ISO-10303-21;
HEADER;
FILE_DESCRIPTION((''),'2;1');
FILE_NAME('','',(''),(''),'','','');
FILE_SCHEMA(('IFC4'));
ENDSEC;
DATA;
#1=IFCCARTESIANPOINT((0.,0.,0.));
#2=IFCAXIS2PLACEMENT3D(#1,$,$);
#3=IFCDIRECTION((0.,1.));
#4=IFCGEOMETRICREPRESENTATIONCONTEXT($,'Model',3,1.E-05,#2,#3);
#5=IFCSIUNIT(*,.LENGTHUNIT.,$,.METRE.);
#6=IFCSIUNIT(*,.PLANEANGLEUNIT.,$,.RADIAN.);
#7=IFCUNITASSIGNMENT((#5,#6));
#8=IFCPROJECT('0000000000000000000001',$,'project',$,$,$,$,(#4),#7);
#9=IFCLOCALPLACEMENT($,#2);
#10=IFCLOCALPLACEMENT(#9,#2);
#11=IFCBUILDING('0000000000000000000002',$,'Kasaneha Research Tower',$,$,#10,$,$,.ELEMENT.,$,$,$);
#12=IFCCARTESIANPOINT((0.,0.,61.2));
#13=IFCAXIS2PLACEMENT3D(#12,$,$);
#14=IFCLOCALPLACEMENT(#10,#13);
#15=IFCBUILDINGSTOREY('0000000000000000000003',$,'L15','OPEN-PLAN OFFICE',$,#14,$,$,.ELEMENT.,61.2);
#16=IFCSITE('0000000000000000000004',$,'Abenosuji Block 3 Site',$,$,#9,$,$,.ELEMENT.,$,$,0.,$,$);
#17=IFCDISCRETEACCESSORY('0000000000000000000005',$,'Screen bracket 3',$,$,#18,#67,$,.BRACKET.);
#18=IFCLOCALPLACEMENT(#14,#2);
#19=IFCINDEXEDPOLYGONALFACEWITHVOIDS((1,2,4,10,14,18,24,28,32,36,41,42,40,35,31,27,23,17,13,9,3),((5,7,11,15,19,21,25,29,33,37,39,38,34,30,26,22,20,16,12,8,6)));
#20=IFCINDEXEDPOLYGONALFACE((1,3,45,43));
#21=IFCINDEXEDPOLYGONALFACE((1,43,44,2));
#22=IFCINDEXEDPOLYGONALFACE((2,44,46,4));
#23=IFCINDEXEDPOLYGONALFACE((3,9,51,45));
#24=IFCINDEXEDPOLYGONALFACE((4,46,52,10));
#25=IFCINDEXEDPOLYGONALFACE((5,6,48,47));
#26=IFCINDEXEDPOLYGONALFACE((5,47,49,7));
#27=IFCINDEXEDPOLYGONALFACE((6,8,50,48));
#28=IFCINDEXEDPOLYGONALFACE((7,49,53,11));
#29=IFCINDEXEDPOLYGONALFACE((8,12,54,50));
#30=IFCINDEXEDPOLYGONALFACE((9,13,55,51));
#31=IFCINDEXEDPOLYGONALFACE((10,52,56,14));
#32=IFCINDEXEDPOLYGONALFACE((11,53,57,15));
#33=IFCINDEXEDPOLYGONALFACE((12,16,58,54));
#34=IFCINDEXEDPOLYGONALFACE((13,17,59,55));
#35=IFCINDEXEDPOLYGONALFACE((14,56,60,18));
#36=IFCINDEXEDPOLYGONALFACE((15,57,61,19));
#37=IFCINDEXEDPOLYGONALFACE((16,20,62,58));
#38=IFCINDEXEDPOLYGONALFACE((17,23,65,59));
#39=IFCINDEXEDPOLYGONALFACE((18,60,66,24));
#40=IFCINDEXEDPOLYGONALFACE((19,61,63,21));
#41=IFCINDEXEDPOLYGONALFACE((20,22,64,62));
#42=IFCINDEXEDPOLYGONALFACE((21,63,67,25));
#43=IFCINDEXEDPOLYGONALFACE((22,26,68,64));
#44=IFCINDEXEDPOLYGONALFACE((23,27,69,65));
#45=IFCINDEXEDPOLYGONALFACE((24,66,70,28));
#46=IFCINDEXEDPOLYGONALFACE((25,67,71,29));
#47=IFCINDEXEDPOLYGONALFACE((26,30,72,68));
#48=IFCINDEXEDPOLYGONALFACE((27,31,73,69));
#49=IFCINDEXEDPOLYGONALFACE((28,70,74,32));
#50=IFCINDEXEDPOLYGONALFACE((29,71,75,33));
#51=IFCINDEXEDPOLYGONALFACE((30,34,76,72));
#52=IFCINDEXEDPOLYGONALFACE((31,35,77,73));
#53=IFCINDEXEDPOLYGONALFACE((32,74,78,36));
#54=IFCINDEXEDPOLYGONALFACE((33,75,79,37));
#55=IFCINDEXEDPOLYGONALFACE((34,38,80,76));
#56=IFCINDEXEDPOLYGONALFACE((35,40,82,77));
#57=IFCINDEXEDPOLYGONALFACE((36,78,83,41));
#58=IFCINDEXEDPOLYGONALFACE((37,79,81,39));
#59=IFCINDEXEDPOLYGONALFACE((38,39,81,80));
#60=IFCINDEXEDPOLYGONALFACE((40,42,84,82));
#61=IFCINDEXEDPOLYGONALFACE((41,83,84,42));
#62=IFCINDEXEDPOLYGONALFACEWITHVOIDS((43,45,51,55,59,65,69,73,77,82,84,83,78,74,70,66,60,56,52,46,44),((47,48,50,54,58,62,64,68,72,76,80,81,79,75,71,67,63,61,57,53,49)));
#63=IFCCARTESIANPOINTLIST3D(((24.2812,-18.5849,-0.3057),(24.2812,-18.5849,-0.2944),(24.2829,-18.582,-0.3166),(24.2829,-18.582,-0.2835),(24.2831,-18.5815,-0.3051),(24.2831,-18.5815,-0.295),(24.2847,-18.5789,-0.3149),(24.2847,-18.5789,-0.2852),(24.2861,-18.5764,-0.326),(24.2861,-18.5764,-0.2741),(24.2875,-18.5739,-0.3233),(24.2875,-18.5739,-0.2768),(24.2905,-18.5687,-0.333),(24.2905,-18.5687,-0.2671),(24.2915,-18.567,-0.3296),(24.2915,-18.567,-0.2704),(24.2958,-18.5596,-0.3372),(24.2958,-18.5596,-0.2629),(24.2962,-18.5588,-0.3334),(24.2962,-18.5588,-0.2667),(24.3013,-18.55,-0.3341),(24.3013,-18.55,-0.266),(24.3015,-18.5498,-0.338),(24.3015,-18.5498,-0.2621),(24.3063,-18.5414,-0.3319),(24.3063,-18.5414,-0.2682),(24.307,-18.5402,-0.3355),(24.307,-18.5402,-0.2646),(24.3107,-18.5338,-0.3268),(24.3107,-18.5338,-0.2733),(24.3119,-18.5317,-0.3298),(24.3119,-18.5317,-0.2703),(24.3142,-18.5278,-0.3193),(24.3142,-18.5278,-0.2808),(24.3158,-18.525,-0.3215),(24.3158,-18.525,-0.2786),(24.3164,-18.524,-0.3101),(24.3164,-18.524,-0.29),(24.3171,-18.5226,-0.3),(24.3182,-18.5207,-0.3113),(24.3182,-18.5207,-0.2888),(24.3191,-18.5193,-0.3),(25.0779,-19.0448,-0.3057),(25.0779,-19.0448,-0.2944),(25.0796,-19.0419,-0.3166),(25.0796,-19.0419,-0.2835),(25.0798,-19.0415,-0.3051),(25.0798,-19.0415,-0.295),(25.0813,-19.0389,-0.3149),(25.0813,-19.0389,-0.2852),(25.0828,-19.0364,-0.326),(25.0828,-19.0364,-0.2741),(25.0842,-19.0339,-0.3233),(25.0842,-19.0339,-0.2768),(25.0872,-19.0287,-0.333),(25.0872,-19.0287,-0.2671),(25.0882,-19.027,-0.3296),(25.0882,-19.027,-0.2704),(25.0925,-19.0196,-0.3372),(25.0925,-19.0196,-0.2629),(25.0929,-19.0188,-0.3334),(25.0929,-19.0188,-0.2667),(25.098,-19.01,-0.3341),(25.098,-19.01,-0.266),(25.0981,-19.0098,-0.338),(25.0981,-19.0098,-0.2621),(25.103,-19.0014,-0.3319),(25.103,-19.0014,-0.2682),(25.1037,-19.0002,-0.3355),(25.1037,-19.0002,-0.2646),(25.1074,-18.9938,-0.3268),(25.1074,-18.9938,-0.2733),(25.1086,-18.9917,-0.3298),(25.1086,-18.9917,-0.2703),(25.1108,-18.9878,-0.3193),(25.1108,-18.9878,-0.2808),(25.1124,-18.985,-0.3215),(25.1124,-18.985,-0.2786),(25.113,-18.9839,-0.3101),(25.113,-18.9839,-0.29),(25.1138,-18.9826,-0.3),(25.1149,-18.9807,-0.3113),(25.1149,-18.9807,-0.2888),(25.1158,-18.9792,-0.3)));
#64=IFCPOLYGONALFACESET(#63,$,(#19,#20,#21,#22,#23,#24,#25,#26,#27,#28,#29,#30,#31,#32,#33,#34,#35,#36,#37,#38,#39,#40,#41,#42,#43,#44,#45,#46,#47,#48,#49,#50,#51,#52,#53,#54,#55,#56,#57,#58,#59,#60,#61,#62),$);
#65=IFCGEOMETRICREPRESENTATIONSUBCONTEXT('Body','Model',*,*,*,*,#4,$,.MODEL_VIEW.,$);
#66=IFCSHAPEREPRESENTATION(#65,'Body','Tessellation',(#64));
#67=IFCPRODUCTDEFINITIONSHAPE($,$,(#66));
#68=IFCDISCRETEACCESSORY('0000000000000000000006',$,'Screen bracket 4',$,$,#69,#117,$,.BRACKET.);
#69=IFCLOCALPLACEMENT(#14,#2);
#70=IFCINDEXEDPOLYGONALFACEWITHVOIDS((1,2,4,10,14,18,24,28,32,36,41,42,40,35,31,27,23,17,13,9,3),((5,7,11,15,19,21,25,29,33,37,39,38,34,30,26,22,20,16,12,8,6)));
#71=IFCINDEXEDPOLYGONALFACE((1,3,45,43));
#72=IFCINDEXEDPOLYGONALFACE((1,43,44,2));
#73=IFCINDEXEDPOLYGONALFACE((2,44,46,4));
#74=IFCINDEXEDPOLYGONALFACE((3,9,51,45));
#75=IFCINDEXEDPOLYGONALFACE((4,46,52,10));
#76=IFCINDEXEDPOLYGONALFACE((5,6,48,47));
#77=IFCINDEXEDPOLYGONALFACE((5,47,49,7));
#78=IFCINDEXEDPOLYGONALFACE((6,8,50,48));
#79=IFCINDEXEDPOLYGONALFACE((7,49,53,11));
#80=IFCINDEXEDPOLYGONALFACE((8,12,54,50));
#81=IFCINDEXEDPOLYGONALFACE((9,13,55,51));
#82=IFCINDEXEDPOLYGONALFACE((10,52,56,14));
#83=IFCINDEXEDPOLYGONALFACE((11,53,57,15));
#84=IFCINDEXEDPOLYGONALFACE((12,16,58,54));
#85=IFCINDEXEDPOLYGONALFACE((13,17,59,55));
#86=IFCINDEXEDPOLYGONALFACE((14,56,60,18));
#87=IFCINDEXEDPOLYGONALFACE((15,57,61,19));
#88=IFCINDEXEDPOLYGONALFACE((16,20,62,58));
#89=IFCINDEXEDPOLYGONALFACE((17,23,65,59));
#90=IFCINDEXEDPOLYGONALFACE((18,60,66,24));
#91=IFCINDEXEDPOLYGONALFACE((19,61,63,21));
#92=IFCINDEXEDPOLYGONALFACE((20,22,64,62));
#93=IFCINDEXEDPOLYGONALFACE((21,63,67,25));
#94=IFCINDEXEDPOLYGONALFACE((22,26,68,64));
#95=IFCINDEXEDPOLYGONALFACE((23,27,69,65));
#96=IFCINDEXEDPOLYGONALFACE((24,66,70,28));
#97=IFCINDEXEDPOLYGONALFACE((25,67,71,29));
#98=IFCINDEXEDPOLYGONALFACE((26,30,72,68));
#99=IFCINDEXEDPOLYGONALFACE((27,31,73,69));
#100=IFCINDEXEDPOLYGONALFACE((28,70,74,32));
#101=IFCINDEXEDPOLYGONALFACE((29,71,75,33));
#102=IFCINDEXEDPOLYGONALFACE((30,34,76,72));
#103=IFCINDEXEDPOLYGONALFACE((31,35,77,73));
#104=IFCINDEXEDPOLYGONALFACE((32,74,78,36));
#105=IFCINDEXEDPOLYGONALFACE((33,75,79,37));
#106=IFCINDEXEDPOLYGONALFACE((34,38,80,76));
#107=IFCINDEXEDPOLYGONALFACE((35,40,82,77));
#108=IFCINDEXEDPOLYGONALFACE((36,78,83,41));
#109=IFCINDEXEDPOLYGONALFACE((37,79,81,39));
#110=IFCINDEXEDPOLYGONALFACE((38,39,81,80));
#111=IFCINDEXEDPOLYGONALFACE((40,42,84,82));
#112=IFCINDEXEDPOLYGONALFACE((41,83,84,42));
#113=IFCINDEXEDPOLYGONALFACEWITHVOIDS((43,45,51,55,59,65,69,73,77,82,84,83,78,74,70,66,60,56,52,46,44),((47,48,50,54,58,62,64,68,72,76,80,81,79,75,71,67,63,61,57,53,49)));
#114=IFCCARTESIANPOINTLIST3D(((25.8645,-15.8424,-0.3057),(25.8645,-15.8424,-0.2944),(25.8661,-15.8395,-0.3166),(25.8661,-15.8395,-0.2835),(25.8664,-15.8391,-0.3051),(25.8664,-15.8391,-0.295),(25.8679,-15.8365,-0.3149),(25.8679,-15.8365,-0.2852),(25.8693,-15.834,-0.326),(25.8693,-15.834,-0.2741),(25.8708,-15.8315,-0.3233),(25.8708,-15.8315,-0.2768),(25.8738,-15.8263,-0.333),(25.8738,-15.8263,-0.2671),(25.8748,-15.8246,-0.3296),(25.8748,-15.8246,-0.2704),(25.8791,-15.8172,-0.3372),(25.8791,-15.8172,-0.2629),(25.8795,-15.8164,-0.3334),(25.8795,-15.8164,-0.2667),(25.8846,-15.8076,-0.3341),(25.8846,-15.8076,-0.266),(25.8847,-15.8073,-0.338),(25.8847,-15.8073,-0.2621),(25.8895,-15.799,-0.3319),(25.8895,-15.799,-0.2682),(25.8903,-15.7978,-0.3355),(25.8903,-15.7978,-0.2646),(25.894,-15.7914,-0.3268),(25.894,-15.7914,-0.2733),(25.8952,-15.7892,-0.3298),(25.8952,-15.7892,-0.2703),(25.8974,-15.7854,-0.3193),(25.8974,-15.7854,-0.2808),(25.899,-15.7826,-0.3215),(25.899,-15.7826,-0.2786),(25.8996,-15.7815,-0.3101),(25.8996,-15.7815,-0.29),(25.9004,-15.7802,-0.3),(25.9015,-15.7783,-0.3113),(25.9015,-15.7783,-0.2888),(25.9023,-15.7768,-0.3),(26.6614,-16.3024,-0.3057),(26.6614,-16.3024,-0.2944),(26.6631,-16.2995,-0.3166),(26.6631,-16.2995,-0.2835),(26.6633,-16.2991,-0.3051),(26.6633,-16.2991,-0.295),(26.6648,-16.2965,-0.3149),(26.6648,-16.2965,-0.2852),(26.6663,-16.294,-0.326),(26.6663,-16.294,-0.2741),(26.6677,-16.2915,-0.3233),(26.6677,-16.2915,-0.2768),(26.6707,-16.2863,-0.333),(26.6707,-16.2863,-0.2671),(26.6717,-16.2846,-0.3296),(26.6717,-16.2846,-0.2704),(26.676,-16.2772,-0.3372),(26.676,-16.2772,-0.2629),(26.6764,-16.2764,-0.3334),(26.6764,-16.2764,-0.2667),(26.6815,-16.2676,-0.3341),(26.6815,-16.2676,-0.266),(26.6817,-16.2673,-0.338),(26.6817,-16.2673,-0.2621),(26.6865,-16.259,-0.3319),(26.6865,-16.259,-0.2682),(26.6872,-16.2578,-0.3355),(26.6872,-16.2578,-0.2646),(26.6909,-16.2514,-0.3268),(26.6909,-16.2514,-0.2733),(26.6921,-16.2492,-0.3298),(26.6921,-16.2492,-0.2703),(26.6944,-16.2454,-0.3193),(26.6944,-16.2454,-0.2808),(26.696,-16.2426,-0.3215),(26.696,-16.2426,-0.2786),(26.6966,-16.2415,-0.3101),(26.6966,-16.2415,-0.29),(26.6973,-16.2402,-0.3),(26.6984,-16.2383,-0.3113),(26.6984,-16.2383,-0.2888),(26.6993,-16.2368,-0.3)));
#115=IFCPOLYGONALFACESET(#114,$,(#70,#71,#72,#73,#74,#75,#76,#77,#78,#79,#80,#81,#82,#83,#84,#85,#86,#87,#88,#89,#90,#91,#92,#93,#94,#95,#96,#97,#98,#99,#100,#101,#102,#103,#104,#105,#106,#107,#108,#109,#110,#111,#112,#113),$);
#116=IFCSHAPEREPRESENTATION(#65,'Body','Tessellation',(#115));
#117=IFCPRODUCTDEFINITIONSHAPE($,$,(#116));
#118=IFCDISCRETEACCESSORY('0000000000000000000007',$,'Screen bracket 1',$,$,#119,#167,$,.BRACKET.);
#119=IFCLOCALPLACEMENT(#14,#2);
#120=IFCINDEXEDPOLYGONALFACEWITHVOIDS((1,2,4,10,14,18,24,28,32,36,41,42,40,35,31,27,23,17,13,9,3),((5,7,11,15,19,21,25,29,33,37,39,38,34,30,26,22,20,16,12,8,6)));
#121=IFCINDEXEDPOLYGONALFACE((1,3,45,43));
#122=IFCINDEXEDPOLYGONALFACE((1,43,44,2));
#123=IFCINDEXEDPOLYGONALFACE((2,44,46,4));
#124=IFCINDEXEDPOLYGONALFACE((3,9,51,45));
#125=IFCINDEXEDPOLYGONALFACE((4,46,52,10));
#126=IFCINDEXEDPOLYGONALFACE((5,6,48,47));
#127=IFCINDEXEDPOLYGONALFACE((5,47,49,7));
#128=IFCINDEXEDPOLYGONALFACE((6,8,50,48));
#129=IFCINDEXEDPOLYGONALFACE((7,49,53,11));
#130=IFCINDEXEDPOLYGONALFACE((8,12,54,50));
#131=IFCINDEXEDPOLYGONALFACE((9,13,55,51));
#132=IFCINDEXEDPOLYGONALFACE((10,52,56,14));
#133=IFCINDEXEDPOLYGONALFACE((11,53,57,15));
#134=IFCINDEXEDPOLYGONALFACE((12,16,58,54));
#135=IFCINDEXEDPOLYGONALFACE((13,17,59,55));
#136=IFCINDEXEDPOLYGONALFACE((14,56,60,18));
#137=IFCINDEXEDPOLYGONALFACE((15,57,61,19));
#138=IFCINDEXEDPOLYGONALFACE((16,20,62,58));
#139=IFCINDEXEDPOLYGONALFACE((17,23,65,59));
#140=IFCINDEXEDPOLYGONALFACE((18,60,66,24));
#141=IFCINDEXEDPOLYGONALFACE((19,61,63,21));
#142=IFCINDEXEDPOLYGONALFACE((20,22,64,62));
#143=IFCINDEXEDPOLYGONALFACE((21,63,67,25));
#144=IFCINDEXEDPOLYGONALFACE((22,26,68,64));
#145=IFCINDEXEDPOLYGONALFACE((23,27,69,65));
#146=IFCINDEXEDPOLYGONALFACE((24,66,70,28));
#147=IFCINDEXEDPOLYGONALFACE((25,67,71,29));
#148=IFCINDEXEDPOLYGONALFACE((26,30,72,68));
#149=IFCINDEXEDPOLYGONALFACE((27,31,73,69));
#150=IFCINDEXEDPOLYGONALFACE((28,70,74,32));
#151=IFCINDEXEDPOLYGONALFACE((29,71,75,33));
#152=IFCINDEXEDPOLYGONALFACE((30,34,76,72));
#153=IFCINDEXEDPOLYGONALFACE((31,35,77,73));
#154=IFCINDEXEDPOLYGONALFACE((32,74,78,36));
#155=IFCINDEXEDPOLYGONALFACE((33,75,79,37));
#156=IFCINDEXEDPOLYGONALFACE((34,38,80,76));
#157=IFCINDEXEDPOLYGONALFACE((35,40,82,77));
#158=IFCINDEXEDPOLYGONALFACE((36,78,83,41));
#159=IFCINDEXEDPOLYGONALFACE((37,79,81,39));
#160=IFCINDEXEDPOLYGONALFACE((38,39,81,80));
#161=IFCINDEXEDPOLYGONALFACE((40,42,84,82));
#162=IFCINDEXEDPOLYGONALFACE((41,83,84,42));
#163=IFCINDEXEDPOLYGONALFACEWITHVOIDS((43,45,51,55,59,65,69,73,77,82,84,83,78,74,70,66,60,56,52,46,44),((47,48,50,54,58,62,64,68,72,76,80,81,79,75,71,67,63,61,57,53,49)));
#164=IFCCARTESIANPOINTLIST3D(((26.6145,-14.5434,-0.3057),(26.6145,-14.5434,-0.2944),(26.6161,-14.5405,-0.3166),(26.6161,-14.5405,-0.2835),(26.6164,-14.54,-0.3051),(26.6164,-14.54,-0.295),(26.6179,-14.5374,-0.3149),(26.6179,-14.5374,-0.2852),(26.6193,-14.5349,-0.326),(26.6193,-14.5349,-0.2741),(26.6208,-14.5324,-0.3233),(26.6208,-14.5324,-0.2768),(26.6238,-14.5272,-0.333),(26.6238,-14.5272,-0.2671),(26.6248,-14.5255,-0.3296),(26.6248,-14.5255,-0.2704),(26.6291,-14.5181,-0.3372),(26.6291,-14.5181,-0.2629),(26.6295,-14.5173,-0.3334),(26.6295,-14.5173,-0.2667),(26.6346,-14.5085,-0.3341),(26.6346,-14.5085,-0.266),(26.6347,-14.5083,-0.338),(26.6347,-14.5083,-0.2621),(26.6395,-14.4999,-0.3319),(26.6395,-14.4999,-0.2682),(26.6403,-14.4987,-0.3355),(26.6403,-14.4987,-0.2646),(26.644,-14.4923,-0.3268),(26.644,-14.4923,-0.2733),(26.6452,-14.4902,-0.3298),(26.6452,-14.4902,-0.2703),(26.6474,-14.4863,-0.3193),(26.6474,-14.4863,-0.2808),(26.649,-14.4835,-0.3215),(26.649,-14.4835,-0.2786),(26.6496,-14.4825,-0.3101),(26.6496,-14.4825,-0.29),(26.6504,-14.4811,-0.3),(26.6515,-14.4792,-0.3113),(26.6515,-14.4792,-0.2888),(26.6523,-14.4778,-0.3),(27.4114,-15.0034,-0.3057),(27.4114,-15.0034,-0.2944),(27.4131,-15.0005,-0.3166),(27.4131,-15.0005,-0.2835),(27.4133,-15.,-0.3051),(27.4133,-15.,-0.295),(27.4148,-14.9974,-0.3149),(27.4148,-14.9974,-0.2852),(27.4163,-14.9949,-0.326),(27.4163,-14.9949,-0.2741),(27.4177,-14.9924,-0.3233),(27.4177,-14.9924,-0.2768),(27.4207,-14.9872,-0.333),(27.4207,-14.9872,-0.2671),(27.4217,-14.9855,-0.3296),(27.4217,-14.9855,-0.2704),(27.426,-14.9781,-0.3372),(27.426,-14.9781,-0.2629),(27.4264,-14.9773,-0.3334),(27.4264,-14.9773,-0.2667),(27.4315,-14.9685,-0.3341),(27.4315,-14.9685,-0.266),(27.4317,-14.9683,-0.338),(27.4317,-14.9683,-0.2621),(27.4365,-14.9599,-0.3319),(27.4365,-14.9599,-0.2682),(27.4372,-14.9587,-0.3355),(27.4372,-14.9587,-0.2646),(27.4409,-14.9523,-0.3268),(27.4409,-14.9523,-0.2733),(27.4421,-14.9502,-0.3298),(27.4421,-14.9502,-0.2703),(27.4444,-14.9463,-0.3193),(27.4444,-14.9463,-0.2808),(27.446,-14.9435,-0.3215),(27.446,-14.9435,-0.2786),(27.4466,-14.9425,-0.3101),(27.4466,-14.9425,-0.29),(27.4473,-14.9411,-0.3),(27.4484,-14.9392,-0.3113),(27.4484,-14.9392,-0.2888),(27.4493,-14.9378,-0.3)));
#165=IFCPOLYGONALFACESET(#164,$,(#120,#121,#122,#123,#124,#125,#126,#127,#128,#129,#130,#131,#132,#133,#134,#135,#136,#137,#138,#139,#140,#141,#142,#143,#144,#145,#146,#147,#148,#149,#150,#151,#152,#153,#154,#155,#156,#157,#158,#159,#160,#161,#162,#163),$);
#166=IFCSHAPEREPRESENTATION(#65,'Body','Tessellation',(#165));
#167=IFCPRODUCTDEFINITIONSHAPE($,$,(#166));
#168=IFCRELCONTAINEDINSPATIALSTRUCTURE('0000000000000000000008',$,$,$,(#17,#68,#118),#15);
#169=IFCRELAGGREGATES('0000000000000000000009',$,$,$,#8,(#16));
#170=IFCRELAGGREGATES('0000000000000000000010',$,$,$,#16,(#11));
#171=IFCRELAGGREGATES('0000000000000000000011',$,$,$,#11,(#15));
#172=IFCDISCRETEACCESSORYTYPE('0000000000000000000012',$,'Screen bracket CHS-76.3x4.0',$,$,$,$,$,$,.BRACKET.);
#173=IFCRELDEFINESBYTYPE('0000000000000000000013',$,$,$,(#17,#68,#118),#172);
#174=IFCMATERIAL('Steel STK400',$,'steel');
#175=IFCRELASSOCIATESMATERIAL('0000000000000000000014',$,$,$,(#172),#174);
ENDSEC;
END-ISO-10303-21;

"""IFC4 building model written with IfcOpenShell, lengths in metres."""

from ifc_helpers import new_model, si_unit, direction, frame, origin, origin_2d, place, context, subcontext, project, spatial, hollow_circle, extrude, material, material_profile, profile_set, type_object, element, save


model = new_model("IFC4")

# Units and contexts
model_context = context("Model", 3, precision=1e-05, world=origin(), true_north=direction((0.0, 1.0)))
body_context = subcontext(model_context, "Body", "Model", "MODEL_VIEW")
ifc_project = project(units=[si_unit("LENGTHUNIT", "METRE"), si_unit("PLANEANGLEUNIT", "RADIAN")], contexts=[model_context])

# Site, building, storey
site_placement = place(None, origin())
site = spatial("IfcSite", under=ifc_project, at=site_placement, Name="Abenosuji Block 3 Site", CompositionType="ELEMENT", RefElevation=0.0)
building_placement = place(site_placement, origin())
building = spatial("IfcBuilding", under=site, at=building_placement, Name="Kasaneha Research Tower", CompositionType="ELEMENT")
storey_placement = place(building_placement, frame((0.0, 0.0, 61.2)))
storey = spatial("IfcBuildingStorey", under=building, at=storey_placement, Name="L15", Description="OPEN-PLAN OFFICE", CompositionType="ELEMENT", Elevation=61.2)

# Discrete accessories
ifc_material_1 = material(Name="Steel STK400", Category="steel")
ifc_material_profile_1 = material_profile(ifc_material_1, hollow_circle(Radius=0.0381, WallThickness=0.0039, at=origin_2d()), Name="CHS-76.3x4.0")
ifc_profile_set_1 = profile_set([ifc_material_profile_1], Name="Steel STK400")
discrete_accessory_type = type_object("IfcDiscreteAccessoryType", Name="Screen bracket CHS-76.3x4.0", PredefinedType="BRACKET", material=ifc_profile_set_1)
discrete_accessory_1_placement = place(storey_placement, frame((24.3, -18.5522, -0.3), z_axis=(0.866013, -0.500021, 0.0), x_axis=(0.500021, 0.866013, 0.0)))
element("IfcDiscreteAccessory", 1, at=discrete_accessory_1_placement, inside=storey, type_object=discrete_accessory_type, Name="Screen bracket 3", PredefinedType="BRACKET", context=body_context, shape_type="SweptSolid", body=[
    extrude(hollow_circle(Radius=0.0381, WallThickness=0.0039, at=origin_2d()), origin(), (0.0, 0.0, 1.0), 0.9199),
])
for number, where, z_axis, x_axis, name in (
    (2, (25.8833, -15.8098, -0.3), (0.86608, -0.499906, 0.0), (0.499906, 0.86608, 0.0), "Screen bracket 4"),
    (3, (26.6333, -14.5107, -0.3), (0.86608, -0.499906, 0.0), (0.499906, 0.86608, 0.0), "Screen bracket 1"),
):
    element("IfcDiscreteAccessory", number, at=place(storey_placement, frame(where, z_axis=z_axis, x_axis=x_axis)), inside=storey, type_object=discrete_accessory_type, Name=name, PredefinedType="BRACKET", context=body_context, shape_type="SweptSolid", body=[
        extrude(hollow_circle(Radius=0.0381, WallThickness=0.0039, at=origin_2d()), origin(), (0.0, 0.0, 1.0), 0.9202),
    ])

save(model, "model.ifc")
